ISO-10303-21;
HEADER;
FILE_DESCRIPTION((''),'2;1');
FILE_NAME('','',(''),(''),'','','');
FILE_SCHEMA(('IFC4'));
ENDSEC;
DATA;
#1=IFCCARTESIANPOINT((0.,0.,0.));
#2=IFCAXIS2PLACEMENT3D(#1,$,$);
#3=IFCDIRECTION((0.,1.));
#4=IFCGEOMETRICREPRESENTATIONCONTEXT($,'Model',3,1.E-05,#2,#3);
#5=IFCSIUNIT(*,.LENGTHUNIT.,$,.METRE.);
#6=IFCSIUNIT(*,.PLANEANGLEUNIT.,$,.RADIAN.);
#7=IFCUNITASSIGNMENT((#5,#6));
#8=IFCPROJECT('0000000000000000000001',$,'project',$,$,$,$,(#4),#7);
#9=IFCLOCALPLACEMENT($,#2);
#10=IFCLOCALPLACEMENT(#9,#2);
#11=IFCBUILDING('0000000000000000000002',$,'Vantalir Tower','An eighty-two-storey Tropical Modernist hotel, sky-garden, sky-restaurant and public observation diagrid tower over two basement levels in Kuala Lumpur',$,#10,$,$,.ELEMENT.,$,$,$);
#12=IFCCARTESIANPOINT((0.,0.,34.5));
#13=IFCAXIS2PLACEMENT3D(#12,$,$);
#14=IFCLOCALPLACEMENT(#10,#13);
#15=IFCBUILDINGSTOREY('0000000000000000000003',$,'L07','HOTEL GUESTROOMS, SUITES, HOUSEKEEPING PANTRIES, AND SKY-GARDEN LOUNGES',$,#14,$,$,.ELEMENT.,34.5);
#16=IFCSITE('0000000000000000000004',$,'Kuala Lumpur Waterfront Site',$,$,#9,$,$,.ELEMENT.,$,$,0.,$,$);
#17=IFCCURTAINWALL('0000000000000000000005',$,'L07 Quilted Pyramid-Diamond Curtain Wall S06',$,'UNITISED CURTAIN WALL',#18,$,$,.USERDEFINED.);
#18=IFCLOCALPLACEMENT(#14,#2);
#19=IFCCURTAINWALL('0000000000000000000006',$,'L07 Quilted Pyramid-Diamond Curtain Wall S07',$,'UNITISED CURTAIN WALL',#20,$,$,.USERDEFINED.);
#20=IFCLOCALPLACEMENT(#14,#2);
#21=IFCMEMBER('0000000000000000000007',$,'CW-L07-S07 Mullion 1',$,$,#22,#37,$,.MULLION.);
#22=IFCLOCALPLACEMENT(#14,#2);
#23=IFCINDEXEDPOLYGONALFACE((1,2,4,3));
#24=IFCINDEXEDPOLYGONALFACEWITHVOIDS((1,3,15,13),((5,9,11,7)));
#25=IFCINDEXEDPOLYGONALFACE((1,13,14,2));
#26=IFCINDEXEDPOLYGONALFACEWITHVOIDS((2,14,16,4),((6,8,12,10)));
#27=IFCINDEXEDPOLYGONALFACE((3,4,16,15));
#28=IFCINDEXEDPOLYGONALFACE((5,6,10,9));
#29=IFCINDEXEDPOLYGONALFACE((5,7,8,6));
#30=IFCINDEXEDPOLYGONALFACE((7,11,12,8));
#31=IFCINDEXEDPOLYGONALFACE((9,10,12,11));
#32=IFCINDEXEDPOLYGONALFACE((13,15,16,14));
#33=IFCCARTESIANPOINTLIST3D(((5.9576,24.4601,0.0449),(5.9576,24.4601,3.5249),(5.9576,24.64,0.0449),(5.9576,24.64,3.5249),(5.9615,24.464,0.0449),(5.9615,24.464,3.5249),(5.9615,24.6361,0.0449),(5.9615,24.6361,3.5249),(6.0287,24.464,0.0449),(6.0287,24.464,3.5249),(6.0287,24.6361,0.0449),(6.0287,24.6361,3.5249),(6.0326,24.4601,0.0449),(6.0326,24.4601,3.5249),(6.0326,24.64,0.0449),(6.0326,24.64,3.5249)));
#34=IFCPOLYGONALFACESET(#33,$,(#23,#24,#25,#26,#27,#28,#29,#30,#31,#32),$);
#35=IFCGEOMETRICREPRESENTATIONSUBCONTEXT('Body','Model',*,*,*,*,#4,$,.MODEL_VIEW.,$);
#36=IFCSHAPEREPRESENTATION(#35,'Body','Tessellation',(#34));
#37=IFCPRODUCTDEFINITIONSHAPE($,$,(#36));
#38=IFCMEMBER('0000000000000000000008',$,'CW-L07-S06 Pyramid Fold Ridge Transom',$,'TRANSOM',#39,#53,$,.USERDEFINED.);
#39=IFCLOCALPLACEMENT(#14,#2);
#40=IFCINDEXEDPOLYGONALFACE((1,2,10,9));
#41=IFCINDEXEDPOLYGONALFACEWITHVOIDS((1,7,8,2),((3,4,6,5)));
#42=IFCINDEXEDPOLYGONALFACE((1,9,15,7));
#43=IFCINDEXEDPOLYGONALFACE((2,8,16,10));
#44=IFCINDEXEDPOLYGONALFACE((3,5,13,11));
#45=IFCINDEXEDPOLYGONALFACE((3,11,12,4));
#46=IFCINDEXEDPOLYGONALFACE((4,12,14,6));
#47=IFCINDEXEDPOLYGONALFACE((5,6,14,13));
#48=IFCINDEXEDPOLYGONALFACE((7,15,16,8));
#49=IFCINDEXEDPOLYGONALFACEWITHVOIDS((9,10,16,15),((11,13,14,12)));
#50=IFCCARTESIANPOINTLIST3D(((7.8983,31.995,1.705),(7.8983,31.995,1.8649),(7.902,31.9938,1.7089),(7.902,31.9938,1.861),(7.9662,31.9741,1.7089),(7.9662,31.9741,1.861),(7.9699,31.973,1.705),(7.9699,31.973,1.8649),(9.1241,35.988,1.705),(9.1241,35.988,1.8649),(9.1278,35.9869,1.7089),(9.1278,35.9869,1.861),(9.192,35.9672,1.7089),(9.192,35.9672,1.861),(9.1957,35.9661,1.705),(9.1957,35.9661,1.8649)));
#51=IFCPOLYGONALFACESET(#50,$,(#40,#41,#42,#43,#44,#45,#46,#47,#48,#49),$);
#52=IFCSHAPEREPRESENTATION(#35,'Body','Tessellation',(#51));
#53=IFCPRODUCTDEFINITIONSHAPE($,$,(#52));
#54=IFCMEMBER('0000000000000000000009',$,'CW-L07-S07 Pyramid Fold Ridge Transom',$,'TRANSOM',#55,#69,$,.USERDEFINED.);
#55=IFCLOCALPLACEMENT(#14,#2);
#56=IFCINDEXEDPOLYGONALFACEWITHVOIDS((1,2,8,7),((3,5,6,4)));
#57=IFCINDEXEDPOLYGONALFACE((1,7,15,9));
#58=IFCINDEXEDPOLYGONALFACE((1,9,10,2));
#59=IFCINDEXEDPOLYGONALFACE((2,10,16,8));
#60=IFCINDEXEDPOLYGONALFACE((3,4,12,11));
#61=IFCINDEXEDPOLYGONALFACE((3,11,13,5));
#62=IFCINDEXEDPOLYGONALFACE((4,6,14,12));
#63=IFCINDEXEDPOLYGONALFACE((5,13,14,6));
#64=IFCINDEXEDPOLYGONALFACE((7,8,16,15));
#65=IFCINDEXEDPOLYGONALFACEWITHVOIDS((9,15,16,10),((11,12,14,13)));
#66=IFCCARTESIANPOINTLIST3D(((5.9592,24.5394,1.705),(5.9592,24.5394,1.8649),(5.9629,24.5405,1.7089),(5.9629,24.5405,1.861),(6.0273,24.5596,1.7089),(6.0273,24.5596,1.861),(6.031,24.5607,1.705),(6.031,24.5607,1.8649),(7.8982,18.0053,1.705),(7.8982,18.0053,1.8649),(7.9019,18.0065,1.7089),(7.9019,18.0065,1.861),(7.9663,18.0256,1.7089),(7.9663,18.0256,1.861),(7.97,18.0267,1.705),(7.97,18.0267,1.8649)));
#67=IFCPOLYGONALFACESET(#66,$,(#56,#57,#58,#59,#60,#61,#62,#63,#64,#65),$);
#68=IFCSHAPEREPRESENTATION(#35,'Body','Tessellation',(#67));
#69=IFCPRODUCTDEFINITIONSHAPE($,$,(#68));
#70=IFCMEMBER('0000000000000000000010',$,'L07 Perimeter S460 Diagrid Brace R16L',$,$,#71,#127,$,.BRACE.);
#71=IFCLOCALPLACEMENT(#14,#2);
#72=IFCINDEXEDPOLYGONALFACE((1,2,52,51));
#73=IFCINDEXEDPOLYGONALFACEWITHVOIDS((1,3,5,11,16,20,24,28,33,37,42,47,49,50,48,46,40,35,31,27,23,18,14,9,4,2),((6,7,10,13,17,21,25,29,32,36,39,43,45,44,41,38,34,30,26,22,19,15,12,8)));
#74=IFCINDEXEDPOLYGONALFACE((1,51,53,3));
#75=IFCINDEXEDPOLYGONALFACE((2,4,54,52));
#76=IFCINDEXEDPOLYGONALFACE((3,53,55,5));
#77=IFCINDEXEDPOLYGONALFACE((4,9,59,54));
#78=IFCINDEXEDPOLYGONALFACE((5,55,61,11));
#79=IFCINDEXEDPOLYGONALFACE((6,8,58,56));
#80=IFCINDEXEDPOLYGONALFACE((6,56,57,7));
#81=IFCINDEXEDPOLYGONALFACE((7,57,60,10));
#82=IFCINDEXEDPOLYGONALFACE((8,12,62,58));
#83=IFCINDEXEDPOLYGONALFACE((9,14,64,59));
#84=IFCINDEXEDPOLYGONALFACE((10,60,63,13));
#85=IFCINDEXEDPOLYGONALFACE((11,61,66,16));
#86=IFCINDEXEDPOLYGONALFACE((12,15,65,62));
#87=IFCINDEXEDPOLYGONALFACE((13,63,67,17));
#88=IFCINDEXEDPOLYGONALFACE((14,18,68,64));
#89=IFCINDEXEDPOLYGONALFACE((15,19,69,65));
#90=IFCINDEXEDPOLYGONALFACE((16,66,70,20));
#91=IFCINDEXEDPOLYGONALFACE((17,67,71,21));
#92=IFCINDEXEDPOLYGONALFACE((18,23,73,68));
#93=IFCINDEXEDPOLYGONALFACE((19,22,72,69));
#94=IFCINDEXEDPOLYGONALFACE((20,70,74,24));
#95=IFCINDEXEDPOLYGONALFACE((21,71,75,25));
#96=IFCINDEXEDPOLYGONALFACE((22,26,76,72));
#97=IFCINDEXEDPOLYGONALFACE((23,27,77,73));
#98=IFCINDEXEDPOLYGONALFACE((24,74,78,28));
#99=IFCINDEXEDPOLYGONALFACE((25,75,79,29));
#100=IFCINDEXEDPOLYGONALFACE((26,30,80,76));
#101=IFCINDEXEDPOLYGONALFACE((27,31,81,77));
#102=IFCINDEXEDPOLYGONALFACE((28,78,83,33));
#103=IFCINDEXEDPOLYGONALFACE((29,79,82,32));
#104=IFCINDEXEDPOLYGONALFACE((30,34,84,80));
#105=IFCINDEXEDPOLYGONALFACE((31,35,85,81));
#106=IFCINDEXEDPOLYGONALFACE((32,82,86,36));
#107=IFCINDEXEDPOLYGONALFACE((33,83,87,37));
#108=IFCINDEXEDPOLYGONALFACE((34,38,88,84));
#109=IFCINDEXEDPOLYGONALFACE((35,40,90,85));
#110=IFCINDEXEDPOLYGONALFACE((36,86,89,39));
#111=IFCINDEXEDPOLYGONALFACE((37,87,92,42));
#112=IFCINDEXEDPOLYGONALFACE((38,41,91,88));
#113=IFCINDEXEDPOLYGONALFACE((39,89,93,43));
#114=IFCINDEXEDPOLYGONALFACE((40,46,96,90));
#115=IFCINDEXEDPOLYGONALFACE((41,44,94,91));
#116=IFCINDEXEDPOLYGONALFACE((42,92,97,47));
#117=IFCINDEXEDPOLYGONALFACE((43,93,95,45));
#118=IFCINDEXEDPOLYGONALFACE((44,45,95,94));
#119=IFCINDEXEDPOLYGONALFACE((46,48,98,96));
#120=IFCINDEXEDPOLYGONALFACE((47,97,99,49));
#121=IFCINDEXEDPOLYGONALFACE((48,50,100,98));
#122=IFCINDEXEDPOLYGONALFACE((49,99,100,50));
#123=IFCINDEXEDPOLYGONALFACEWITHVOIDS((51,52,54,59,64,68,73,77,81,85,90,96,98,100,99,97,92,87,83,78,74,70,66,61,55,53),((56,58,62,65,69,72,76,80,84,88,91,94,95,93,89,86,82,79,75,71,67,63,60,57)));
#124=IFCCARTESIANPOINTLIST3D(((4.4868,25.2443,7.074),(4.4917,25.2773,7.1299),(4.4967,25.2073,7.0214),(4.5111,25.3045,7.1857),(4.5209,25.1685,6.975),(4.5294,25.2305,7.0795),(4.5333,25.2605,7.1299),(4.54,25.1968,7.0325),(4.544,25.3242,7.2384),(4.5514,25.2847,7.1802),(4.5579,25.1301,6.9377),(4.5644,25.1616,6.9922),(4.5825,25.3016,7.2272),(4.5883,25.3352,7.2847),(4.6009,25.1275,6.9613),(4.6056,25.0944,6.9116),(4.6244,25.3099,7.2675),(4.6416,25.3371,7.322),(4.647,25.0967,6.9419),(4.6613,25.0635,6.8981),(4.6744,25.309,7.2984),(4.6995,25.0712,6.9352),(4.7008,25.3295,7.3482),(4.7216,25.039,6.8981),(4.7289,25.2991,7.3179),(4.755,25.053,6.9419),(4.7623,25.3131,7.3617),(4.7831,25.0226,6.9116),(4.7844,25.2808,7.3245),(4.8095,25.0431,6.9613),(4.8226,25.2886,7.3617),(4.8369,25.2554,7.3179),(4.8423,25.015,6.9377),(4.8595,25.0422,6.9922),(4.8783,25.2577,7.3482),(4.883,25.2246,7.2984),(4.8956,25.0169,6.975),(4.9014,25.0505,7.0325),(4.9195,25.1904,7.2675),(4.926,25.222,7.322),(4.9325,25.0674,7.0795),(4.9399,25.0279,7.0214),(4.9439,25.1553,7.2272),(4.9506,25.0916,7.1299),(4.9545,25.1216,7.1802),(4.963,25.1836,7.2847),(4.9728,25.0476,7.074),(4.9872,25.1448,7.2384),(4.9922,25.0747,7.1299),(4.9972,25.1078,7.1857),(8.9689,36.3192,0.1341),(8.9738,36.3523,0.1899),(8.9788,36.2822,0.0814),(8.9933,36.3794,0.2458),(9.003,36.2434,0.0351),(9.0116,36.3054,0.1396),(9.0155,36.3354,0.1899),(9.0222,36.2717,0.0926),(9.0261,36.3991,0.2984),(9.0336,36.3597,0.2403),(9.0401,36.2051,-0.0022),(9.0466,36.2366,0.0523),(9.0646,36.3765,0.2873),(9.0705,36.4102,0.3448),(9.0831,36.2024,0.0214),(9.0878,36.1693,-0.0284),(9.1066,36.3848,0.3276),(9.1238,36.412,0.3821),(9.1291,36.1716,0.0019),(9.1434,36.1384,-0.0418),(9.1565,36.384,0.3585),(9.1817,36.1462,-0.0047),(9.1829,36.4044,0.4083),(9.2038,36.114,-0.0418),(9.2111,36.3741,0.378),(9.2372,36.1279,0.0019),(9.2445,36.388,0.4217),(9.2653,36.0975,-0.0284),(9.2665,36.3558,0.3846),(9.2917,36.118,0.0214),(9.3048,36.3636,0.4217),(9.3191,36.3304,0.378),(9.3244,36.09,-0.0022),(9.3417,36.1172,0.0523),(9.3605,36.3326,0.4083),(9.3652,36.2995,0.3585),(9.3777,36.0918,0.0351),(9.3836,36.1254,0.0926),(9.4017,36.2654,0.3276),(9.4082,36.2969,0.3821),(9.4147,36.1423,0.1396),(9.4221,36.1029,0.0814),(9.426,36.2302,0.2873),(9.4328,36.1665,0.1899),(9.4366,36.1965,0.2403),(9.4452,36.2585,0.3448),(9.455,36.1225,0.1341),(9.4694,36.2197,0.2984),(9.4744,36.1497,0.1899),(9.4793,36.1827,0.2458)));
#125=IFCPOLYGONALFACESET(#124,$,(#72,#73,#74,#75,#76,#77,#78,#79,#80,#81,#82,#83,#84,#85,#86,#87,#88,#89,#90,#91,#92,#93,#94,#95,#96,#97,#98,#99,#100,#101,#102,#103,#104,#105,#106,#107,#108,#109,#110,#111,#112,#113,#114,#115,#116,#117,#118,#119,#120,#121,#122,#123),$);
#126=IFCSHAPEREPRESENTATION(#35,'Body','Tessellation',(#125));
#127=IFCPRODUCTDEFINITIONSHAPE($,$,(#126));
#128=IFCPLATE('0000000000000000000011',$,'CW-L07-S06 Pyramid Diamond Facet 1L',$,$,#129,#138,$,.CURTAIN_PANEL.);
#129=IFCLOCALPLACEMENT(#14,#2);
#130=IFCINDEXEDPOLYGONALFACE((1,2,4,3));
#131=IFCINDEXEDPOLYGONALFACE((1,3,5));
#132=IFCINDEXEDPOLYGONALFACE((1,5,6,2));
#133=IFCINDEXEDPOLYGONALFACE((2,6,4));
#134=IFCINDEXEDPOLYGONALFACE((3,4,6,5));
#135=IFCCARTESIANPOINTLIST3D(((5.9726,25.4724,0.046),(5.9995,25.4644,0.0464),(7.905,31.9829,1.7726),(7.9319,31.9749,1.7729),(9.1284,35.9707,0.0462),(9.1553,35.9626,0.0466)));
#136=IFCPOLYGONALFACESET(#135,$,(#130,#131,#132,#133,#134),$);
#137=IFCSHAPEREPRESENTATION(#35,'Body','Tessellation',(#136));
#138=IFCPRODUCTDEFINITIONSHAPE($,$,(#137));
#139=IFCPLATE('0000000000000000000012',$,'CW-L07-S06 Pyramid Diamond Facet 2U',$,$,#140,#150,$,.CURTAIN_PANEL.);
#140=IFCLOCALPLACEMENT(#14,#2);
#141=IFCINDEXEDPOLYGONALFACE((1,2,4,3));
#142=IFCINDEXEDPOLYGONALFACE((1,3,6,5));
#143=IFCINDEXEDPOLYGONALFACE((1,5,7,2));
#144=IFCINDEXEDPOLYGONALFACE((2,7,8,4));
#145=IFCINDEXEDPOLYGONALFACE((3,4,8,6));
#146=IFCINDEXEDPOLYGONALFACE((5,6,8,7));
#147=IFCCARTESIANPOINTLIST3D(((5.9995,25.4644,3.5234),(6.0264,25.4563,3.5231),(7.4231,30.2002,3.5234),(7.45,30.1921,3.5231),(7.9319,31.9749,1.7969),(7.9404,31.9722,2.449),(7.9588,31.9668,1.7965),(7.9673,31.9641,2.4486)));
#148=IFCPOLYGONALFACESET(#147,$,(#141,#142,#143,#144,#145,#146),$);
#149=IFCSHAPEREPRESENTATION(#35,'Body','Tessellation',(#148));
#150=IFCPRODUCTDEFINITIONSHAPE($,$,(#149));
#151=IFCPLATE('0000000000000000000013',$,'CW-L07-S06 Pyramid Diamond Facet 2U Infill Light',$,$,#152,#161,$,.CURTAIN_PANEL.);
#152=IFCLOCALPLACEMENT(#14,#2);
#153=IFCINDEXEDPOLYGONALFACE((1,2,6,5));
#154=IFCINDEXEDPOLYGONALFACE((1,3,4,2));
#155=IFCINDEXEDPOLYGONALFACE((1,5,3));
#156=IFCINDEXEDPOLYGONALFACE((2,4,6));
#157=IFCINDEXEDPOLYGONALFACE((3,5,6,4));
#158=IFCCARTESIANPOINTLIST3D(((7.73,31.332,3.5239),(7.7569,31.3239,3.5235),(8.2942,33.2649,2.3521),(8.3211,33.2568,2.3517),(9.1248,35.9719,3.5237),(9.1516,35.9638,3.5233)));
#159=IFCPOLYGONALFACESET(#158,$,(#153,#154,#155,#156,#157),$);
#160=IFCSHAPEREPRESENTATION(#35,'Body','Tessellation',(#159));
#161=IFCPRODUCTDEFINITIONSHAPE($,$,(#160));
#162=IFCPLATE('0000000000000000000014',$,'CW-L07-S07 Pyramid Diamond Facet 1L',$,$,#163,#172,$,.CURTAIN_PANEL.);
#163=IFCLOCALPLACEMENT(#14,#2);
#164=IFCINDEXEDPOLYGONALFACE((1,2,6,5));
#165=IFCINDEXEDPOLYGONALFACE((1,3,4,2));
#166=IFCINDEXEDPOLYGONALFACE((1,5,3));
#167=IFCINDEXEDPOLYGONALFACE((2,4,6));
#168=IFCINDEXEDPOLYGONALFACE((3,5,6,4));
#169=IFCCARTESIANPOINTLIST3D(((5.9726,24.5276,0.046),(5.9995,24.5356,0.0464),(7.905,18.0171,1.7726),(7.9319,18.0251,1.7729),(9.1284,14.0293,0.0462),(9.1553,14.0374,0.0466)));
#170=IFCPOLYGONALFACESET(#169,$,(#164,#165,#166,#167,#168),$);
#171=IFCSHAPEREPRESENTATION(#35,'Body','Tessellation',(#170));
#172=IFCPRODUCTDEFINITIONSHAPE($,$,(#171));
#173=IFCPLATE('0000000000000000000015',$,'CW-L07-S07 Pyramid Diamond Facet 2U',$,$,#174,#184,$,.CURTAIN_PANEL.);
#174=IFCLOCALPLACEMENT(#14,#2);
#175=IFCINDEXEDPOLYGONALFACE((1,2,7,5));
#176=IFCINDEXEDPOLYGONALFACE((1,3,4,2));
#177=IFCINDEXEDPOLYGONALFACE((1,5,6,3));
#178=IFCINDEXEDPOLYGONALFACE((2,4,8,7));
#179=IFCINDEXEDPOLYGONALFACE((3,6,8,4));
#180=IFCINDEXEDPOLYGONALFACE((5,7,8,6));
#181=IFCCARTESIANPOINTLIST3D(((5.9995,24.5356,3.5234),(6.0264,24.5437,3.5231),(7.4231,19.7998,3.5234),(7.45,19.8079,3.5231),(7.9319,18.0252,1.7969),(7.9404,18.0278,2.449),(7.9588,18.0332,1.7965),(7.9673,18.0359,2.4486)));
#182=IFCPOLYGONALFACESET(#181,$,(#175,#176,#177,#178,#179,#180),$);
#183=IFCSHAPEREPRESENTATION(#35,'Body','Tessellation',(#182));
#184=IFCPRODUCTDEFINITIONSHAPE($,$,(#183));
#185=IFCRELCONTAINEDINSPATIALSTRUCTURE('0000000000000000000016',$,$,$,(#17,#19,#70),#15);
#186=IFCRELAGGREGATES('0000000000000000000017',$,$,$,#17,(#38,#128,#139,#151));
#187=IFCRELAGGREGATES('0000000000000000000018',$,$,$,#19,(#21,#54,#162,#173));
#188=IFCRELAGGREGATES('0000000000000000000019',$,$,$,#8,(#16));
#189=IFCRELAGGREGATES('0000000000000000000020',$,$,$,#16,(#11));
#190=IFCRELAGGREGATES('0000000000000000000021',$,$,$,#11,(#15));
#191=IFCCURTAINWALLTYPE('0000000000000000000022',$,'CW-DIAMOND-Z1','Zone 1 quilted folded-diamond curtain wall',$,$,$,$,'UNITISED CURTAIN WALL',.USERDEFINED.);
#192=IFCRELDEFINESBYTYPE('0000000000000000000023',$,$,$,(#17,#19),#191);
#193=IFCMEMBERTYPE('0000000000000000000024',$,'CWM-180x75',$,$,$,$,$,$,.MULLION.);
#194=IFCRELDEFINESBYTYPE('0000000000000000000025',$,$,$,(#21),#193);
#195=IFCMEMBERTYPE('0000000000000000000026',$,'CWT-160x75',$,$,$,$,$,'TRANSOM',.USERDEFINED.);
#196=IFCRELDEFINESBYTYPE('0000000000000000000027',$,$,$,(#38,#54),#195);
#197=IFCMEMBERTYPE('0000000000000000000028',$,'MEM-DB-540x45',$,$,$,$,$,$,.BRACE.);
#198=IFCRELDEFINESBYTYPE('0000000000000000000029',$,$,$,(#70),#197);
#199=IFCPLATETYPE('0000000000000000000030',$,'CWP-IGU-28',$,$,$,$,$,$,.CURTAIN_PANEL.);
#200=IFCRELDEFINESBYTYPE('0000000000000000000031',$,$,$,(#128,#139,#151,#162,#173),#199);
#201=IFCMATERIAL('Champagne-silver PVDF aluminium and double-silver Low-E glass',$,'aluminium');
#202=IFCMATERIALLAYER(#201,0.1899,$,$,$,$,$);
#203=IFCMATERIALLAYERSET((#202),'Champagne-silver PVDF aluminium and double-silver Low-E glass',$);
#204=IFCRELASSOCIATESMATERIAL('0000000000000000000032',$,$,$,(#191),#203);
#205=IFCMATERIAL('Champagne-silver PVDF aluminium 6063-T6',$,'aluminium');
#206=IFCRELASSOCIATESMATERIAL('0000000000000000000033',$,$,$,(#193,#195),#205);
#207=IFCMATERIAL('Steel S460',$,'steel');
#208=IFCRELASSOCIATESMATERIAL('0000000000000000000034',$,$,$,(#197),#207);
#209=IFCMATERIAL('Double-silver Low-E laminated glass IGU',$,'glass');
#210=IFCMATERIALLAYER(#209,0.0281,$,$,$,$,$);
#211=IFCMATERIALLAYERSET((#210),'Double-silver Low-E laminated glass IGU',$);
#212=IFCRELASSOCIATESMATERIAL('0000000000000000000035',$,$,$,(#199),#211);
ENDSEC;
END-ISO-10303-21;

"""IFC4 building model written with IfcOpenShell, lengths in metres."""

from ifc_helpers import new_model, si_unit, direction, frame, origin, origin_2d, place, context, subcontext, project, spatial, polyline, hollow_rectangle, hollow_circle, outline, extrude, material, layer, layer_set, material_profile, profile_set, type_object, element, aggregate, save


model = new_model("IFC4")

# Units and contexts
model_context = context("Model", 3, precision=1e-05, world=origin(), true_north=direction((0.0, 1.0)))
body_context = subcontext(model_context, "Body", "Model", "MODEL_VIEW")
ifc_project = project(units=[si_unit("LENGTHUNIT", "METRE"), si_unit("PLANEANGLEUNIT", "RADIAN")], contexts=[model_context])

# Site, building, storey
site_placement = place(None, origin())
site = spatial("IfcSite", under=ifc_project, at=site_placement, Name="Kuala Lumpur Waterfront Site", CompositionType="ELEMENT", RefElevation=0.0)
building_placement = place(site_placement, origin())
building = spatial("IfcBuilding", under=site, at=building_placement, Name="Vantalir Tower", Description="An eighty-two-storey Tropical Modernist hotel, sky-garden, sky-restaurant and public observation diagrid tower over two basement levels in Kuala Lumpur", CompositionType="ELEMENT")
storey_placement = place(building_placement, frame((0.0, 0.0, 34.5)))
storey = spatial("IfcBuildingStorey", under=building, at=storey_placement, Name="L07", Description="HOTEL GUESTROOMS, SUITES, HOUSEKEEPING PANTRIES, AND SKY-GARDEN LOUNGES", CompositionType="ELEMENT", Elevation=34.5)

# Shared definitions
ifc_material_1 = material(Name="Steel S460", Category="steel")

# Curtain wall
ifc_material_2 = material(Name="Champagne-silver PVDF aluminium and double-silver Low-E glass", Category="aluminium")
ifc_layer_1 = layer(ifc_material_2, 0.1899)
ifc_layer_set_1 = layer_set([ifc_layer_1], Name="Champagne-silver PVDF aluminium and double-silver Low-E glass")
curtain_wall_type = type_object("IfcCurtainWallType", Name="CW-DIAMOND-Z1", Description="Zone 1 quilted folded-diamond curtain wall", ElementType="UNITISED CURTAIN WALL", PredefinedType="USERDEFINED", material=ifc_layer_set_1)
curtain_wall_1_placement = place(storey_placement, origin())
curtain_wall_1 = element("IfcCurtainWall", 1, at=curtain_wall_1_placement, inside=storey, type_object=curtain_wall_type, Name="L07 Quilted Pyramid-Diamond Curtain Wall S06", ObjectType="UNITISED CURTAIN WALL", PredefinedType="USERDEFINED")
ifc_material_3 = material(Name="Champagne-silver PVDF aluminium 6063-T6", Category="aluminium")
ifc_material_profile_1 = material_profile(ifc_material_3, hollow_rectangle(XDim=0.075, YDim=0.1799, WallThickness=0.0039, at=origin_2d()), Name="Champagne-silver PVDF aluminium 6063-T6")
ifc_profile_set_1 = profile_set([ifc_material_profile_1], Name="Champagne-silver PVDF aluminium 6063-T6")
member_type_1 = type_object("IfcMemberType", Name="CWM-180x75", PredefinedType="MULLION", material=ifc_profile_set_1)

# Curtain wall, member
curtain_wall_2_placement = place(storey_placement, origin())
curtain_wall_2 = element("IfcCurtainWall", 2, at=curtain_wall_2_placement, inside=storey, type_object=curtain_wall_type, Name="L07 Quilted Pyramid-Diamond Curtain Wall S07", ObjectType="UNITISED CURTAIN WALL", PredefinedType="USERDEFINED")
member_1_placement = place(storey_placement, frame((5.9951, 24.55, 0.0449), z_axis=(0.0, 0.0, 1.0), x_axis=(1.0, 0.0, 0.0)))
member_1 = element("IfcMember", 3, at=member_1_placement, type_object=member_type_1, Name="CW-L07-S07 Mullion 1", PredefinedType="MULLION", context=body_context, shape_type="SweptSolid", body=[
    extrude(hollow_rectangle(XDim=0.075, YDim=0.1799, WallThickness=0.0039, at=origin_2d()), origin(), (0.0, 0.0, 1.0), 3.48),
])

# Members
ifc_material_profile_2 = material_profile(ifc_material_3, hollow_rectangle(XDim=0.075, YDim=0.1599, WallThickness=0.0039, at=origin_2d()), Name="Champagne-silver PVDF aluminium 6063-T6")
ifc_profile_set_2 = profile_set([ifc_material_profile_2], Name="Champagne-silver PVDF aluminium 6063-T6")
member_type_2 = type_object("IfcMemberType", Name="CWT-160x75", ElementType="TRANSOM", PredefinedType="USERDEFINED", material=ifc_profile_set_2)
member_2_placement = place(storey_placement, frame((9.1599, 35.9771, 1.7849), z_axis=(-0.293466, -0.95597, 0.0), x_axis=(0.95597, -0.293466, 0.0)))
member_2 = element("IfcMember", 4, at=member_2_placement, type_object=member_type_2, Name="CW-L07-S06 Pyramid Fold Ridge Transom", ObjectType="TRANSOM", PredefinedType="USERDEFINED", context=body_context, shape_type="SweptSolid", body=[
    extrude(hollow_rectangle(XDim=0.075, YDim=0.1599, WallThickness=0.0039, at=origin_2d()), origin(), (0.0, 0.0, 1.0), 4.177),
])
member_3_placement = place(storey_placement, frame((5.9951, 24.55, 1.7849), z_axis=(0.284491, -0.958679, 0.0), x_axis=(0.958679, 0.284491, 0.0)))
member_3 = element("IfcMember", 5, at=member_3_placement, type_object=member_type_2, Name="CW-L07-S07 Pyramid Fold Ridge Transom", ObjectType="TRANSOM", PredefinedType="USERDEFINED", context=body_context, shape_type="SweptSolid", body=[
    extrude(hollow_rectangle(XDim=0.075, YDim=0.1599, WallThickness=0.0039, at=origin_2d()), origin(), (0.0, 0.0, 1.0), 6.8157),
])
ifc_material_profile_3 = material_profile(ifc_material_1, hollow_circle(Radius=0.27, WallThickness=0.0449, at=origin_2d()), Name="Steel S460")
ifc_profile_set_3 = profile_set([ifc_material_profile_3], Name="Steel S460")
member_type_3 = type_object("IfcMemberType", Name="MEM-DB-540x45", PredefinedType="BRACE", material=ifc_profile_set_3)
member_4_placement = place(storey_placement, frame((9.2241, 36.251, 0.1899), z_axis=(-0.324398, -0.80155, 0.502279), x_axis=(0.926963, -0.375154, 0.0)))
element("IfcMember", 6, at=member_4_placement, inside=storey, type_object=member_type_3, Name="L07 Perimeter S460 Diagrid Brace R16L", PredefinedType="BRACE", context=body_context, shape_type="SweptSolid", body=[
    extrude(hollow_circle(Radius=0.27, WallThickness=0.0449, at=origin_2d()), origin(), (0.0, 0.0, 1.0), 13.8169),
])

# Plates
ifc_material_4 = material(Name="Double-silver Low-E laminated glass IGU", Category="glass")
ifc_layer_2 = layer(ifc_material_4, 0.0281)
ifc_layer_set_2 = layer_set([ifc_layer_2], Name="Double-silver Low-E laminated glass IGU")
plate_type_1 = type_object("IfcPlateType", Name="CWP-IGU-28", PredefinedType="CURTAIN_PANEL", material=ifc_layer_set_2)
plate_1_placement = place(storey_placement, frame((9.1553, 35.9626, 0.0466), z_axis=(0.957579, -0.287846, 0.013682), x_axis=(-0.287873, -0.957669, -0.000022)))
plate_1 = element("IfcPlate", 7, at=plate_1_placement, type_object=plate_type_1, Name="CW-L07-S06 Pyramid Diamond Facet 1L", PredefinedType="CURTAIN_PANEL", context=body_context, shape_type="SweptSolid", body=[
    extrude(outline(polyline([(0.0, 0.0), (10.9623, 0.0), (4.1711, -1.7266), (0.0, 0.0)])), origin(), (0.0, 0.0, -1.0), 0.0281),
])
plate_2_placement = place(storey_placement, frame((7.4231, 30.2002, 3.5234), z_axis=(-0.957577, 0.287852, 0.013688), x_axis=(-0.287879, -0.957667, 0.0)))
plate_2 = element("IfcPlate", 8, at=plate_2_placement, type_object=plate_type_1, Name="CW-L07-S06 Pyramid Diamond Facet 2U", PredefinedType="CURTAIN_PANEL", context=body_context, shape_type="SweptSolid", body=[
    extrude(outline(polyline([(0.0, 0.0), (4.9452, 0.0), (-1.846, -1.7267), (-1.8459, -1.0746), (0.0, 0.0)])), origin(), (0.0, 0.0, -1.0), 0.0281),
])
plate_3_placement = place(storey_placement, frame((9.1248, 35.9719, 3.5237), z_axis=(-0.957576, 0.287853, 0.013745), x_axis=(-0.287879, -0.957667, 0.00005)))
plate_3 = element("IfcPlate", 9, at=plate_3_placement, type_object=plate_type_1, Name="CW-L07-S06 Pyramid Diamond Facet 2U Infill Light", PredefinedType="CURTAIN_PANEL", context=body_context, shape_type="SweptSolid", body=[
    extrude(outline(polyline([(0.0, 0.0), (4.845, 0.0), (2.8315, -1.1719), (0.0, 0.0)])), origin(), (0.0, 0.0, -1.0), 0.0281),
])
aggregate(curtain_wall_1, [member_2, plate_1, plate_2, plate_3])
plate_4_placement = place(storey_placement, frame((5.9995, 24.5356, 0.0464), z_axis=(0.957579, 0.287846, 0.013682), x_axis=(0.287873, -0.957669, 0.000022)))
plate_4 = element("IfcPlate", 10, at=plate_4_placement, type_object=plate_type_1, Name="CW-L07-S07 Pyramid Diamond Facet 1L", PredefinedType="CURTAIN_PANEL", context=body_context, shape_type="SweptSolid", body=[
    extrude(outline(polyline([(0.0, 0.0), (10.9623, 0.0), (6.7912, -1.7266), (0.0, 0.0)])), origin(), (0.0, 0.0, -1.0), 0.0281),
])
plate_5_placement = place(storey_placement, frame((5.9995, 24.5356, 3.5234), z_axis=(-0.957577, -0.287852, 0.013688), x_axis=(0.287879, -0.957667, 0.0)))
plate_5 = element("IfcPlate", 11, at=plate_5_placement, type_object=plate_type_1, Name="CW-L07-S07 Pyramid Diamond Facet 2U", PredefinedType="CURTAIN_PANEL", context=body_context, shape_type="SweptSolid", body=[
    extrude(outline(polyline([(0.0, 0.0), (4.9452, 0.0), (6.7911, -1.0746), (6.7912, -1.7267), (0.0, 0.0)])), origin(), (0.0, 0.0, -1.0), 0.0281),
])
aggregate(curtain_wall_2, [member_1, member_3, plate_4, plate_5])

save(model, "model.ifc")
